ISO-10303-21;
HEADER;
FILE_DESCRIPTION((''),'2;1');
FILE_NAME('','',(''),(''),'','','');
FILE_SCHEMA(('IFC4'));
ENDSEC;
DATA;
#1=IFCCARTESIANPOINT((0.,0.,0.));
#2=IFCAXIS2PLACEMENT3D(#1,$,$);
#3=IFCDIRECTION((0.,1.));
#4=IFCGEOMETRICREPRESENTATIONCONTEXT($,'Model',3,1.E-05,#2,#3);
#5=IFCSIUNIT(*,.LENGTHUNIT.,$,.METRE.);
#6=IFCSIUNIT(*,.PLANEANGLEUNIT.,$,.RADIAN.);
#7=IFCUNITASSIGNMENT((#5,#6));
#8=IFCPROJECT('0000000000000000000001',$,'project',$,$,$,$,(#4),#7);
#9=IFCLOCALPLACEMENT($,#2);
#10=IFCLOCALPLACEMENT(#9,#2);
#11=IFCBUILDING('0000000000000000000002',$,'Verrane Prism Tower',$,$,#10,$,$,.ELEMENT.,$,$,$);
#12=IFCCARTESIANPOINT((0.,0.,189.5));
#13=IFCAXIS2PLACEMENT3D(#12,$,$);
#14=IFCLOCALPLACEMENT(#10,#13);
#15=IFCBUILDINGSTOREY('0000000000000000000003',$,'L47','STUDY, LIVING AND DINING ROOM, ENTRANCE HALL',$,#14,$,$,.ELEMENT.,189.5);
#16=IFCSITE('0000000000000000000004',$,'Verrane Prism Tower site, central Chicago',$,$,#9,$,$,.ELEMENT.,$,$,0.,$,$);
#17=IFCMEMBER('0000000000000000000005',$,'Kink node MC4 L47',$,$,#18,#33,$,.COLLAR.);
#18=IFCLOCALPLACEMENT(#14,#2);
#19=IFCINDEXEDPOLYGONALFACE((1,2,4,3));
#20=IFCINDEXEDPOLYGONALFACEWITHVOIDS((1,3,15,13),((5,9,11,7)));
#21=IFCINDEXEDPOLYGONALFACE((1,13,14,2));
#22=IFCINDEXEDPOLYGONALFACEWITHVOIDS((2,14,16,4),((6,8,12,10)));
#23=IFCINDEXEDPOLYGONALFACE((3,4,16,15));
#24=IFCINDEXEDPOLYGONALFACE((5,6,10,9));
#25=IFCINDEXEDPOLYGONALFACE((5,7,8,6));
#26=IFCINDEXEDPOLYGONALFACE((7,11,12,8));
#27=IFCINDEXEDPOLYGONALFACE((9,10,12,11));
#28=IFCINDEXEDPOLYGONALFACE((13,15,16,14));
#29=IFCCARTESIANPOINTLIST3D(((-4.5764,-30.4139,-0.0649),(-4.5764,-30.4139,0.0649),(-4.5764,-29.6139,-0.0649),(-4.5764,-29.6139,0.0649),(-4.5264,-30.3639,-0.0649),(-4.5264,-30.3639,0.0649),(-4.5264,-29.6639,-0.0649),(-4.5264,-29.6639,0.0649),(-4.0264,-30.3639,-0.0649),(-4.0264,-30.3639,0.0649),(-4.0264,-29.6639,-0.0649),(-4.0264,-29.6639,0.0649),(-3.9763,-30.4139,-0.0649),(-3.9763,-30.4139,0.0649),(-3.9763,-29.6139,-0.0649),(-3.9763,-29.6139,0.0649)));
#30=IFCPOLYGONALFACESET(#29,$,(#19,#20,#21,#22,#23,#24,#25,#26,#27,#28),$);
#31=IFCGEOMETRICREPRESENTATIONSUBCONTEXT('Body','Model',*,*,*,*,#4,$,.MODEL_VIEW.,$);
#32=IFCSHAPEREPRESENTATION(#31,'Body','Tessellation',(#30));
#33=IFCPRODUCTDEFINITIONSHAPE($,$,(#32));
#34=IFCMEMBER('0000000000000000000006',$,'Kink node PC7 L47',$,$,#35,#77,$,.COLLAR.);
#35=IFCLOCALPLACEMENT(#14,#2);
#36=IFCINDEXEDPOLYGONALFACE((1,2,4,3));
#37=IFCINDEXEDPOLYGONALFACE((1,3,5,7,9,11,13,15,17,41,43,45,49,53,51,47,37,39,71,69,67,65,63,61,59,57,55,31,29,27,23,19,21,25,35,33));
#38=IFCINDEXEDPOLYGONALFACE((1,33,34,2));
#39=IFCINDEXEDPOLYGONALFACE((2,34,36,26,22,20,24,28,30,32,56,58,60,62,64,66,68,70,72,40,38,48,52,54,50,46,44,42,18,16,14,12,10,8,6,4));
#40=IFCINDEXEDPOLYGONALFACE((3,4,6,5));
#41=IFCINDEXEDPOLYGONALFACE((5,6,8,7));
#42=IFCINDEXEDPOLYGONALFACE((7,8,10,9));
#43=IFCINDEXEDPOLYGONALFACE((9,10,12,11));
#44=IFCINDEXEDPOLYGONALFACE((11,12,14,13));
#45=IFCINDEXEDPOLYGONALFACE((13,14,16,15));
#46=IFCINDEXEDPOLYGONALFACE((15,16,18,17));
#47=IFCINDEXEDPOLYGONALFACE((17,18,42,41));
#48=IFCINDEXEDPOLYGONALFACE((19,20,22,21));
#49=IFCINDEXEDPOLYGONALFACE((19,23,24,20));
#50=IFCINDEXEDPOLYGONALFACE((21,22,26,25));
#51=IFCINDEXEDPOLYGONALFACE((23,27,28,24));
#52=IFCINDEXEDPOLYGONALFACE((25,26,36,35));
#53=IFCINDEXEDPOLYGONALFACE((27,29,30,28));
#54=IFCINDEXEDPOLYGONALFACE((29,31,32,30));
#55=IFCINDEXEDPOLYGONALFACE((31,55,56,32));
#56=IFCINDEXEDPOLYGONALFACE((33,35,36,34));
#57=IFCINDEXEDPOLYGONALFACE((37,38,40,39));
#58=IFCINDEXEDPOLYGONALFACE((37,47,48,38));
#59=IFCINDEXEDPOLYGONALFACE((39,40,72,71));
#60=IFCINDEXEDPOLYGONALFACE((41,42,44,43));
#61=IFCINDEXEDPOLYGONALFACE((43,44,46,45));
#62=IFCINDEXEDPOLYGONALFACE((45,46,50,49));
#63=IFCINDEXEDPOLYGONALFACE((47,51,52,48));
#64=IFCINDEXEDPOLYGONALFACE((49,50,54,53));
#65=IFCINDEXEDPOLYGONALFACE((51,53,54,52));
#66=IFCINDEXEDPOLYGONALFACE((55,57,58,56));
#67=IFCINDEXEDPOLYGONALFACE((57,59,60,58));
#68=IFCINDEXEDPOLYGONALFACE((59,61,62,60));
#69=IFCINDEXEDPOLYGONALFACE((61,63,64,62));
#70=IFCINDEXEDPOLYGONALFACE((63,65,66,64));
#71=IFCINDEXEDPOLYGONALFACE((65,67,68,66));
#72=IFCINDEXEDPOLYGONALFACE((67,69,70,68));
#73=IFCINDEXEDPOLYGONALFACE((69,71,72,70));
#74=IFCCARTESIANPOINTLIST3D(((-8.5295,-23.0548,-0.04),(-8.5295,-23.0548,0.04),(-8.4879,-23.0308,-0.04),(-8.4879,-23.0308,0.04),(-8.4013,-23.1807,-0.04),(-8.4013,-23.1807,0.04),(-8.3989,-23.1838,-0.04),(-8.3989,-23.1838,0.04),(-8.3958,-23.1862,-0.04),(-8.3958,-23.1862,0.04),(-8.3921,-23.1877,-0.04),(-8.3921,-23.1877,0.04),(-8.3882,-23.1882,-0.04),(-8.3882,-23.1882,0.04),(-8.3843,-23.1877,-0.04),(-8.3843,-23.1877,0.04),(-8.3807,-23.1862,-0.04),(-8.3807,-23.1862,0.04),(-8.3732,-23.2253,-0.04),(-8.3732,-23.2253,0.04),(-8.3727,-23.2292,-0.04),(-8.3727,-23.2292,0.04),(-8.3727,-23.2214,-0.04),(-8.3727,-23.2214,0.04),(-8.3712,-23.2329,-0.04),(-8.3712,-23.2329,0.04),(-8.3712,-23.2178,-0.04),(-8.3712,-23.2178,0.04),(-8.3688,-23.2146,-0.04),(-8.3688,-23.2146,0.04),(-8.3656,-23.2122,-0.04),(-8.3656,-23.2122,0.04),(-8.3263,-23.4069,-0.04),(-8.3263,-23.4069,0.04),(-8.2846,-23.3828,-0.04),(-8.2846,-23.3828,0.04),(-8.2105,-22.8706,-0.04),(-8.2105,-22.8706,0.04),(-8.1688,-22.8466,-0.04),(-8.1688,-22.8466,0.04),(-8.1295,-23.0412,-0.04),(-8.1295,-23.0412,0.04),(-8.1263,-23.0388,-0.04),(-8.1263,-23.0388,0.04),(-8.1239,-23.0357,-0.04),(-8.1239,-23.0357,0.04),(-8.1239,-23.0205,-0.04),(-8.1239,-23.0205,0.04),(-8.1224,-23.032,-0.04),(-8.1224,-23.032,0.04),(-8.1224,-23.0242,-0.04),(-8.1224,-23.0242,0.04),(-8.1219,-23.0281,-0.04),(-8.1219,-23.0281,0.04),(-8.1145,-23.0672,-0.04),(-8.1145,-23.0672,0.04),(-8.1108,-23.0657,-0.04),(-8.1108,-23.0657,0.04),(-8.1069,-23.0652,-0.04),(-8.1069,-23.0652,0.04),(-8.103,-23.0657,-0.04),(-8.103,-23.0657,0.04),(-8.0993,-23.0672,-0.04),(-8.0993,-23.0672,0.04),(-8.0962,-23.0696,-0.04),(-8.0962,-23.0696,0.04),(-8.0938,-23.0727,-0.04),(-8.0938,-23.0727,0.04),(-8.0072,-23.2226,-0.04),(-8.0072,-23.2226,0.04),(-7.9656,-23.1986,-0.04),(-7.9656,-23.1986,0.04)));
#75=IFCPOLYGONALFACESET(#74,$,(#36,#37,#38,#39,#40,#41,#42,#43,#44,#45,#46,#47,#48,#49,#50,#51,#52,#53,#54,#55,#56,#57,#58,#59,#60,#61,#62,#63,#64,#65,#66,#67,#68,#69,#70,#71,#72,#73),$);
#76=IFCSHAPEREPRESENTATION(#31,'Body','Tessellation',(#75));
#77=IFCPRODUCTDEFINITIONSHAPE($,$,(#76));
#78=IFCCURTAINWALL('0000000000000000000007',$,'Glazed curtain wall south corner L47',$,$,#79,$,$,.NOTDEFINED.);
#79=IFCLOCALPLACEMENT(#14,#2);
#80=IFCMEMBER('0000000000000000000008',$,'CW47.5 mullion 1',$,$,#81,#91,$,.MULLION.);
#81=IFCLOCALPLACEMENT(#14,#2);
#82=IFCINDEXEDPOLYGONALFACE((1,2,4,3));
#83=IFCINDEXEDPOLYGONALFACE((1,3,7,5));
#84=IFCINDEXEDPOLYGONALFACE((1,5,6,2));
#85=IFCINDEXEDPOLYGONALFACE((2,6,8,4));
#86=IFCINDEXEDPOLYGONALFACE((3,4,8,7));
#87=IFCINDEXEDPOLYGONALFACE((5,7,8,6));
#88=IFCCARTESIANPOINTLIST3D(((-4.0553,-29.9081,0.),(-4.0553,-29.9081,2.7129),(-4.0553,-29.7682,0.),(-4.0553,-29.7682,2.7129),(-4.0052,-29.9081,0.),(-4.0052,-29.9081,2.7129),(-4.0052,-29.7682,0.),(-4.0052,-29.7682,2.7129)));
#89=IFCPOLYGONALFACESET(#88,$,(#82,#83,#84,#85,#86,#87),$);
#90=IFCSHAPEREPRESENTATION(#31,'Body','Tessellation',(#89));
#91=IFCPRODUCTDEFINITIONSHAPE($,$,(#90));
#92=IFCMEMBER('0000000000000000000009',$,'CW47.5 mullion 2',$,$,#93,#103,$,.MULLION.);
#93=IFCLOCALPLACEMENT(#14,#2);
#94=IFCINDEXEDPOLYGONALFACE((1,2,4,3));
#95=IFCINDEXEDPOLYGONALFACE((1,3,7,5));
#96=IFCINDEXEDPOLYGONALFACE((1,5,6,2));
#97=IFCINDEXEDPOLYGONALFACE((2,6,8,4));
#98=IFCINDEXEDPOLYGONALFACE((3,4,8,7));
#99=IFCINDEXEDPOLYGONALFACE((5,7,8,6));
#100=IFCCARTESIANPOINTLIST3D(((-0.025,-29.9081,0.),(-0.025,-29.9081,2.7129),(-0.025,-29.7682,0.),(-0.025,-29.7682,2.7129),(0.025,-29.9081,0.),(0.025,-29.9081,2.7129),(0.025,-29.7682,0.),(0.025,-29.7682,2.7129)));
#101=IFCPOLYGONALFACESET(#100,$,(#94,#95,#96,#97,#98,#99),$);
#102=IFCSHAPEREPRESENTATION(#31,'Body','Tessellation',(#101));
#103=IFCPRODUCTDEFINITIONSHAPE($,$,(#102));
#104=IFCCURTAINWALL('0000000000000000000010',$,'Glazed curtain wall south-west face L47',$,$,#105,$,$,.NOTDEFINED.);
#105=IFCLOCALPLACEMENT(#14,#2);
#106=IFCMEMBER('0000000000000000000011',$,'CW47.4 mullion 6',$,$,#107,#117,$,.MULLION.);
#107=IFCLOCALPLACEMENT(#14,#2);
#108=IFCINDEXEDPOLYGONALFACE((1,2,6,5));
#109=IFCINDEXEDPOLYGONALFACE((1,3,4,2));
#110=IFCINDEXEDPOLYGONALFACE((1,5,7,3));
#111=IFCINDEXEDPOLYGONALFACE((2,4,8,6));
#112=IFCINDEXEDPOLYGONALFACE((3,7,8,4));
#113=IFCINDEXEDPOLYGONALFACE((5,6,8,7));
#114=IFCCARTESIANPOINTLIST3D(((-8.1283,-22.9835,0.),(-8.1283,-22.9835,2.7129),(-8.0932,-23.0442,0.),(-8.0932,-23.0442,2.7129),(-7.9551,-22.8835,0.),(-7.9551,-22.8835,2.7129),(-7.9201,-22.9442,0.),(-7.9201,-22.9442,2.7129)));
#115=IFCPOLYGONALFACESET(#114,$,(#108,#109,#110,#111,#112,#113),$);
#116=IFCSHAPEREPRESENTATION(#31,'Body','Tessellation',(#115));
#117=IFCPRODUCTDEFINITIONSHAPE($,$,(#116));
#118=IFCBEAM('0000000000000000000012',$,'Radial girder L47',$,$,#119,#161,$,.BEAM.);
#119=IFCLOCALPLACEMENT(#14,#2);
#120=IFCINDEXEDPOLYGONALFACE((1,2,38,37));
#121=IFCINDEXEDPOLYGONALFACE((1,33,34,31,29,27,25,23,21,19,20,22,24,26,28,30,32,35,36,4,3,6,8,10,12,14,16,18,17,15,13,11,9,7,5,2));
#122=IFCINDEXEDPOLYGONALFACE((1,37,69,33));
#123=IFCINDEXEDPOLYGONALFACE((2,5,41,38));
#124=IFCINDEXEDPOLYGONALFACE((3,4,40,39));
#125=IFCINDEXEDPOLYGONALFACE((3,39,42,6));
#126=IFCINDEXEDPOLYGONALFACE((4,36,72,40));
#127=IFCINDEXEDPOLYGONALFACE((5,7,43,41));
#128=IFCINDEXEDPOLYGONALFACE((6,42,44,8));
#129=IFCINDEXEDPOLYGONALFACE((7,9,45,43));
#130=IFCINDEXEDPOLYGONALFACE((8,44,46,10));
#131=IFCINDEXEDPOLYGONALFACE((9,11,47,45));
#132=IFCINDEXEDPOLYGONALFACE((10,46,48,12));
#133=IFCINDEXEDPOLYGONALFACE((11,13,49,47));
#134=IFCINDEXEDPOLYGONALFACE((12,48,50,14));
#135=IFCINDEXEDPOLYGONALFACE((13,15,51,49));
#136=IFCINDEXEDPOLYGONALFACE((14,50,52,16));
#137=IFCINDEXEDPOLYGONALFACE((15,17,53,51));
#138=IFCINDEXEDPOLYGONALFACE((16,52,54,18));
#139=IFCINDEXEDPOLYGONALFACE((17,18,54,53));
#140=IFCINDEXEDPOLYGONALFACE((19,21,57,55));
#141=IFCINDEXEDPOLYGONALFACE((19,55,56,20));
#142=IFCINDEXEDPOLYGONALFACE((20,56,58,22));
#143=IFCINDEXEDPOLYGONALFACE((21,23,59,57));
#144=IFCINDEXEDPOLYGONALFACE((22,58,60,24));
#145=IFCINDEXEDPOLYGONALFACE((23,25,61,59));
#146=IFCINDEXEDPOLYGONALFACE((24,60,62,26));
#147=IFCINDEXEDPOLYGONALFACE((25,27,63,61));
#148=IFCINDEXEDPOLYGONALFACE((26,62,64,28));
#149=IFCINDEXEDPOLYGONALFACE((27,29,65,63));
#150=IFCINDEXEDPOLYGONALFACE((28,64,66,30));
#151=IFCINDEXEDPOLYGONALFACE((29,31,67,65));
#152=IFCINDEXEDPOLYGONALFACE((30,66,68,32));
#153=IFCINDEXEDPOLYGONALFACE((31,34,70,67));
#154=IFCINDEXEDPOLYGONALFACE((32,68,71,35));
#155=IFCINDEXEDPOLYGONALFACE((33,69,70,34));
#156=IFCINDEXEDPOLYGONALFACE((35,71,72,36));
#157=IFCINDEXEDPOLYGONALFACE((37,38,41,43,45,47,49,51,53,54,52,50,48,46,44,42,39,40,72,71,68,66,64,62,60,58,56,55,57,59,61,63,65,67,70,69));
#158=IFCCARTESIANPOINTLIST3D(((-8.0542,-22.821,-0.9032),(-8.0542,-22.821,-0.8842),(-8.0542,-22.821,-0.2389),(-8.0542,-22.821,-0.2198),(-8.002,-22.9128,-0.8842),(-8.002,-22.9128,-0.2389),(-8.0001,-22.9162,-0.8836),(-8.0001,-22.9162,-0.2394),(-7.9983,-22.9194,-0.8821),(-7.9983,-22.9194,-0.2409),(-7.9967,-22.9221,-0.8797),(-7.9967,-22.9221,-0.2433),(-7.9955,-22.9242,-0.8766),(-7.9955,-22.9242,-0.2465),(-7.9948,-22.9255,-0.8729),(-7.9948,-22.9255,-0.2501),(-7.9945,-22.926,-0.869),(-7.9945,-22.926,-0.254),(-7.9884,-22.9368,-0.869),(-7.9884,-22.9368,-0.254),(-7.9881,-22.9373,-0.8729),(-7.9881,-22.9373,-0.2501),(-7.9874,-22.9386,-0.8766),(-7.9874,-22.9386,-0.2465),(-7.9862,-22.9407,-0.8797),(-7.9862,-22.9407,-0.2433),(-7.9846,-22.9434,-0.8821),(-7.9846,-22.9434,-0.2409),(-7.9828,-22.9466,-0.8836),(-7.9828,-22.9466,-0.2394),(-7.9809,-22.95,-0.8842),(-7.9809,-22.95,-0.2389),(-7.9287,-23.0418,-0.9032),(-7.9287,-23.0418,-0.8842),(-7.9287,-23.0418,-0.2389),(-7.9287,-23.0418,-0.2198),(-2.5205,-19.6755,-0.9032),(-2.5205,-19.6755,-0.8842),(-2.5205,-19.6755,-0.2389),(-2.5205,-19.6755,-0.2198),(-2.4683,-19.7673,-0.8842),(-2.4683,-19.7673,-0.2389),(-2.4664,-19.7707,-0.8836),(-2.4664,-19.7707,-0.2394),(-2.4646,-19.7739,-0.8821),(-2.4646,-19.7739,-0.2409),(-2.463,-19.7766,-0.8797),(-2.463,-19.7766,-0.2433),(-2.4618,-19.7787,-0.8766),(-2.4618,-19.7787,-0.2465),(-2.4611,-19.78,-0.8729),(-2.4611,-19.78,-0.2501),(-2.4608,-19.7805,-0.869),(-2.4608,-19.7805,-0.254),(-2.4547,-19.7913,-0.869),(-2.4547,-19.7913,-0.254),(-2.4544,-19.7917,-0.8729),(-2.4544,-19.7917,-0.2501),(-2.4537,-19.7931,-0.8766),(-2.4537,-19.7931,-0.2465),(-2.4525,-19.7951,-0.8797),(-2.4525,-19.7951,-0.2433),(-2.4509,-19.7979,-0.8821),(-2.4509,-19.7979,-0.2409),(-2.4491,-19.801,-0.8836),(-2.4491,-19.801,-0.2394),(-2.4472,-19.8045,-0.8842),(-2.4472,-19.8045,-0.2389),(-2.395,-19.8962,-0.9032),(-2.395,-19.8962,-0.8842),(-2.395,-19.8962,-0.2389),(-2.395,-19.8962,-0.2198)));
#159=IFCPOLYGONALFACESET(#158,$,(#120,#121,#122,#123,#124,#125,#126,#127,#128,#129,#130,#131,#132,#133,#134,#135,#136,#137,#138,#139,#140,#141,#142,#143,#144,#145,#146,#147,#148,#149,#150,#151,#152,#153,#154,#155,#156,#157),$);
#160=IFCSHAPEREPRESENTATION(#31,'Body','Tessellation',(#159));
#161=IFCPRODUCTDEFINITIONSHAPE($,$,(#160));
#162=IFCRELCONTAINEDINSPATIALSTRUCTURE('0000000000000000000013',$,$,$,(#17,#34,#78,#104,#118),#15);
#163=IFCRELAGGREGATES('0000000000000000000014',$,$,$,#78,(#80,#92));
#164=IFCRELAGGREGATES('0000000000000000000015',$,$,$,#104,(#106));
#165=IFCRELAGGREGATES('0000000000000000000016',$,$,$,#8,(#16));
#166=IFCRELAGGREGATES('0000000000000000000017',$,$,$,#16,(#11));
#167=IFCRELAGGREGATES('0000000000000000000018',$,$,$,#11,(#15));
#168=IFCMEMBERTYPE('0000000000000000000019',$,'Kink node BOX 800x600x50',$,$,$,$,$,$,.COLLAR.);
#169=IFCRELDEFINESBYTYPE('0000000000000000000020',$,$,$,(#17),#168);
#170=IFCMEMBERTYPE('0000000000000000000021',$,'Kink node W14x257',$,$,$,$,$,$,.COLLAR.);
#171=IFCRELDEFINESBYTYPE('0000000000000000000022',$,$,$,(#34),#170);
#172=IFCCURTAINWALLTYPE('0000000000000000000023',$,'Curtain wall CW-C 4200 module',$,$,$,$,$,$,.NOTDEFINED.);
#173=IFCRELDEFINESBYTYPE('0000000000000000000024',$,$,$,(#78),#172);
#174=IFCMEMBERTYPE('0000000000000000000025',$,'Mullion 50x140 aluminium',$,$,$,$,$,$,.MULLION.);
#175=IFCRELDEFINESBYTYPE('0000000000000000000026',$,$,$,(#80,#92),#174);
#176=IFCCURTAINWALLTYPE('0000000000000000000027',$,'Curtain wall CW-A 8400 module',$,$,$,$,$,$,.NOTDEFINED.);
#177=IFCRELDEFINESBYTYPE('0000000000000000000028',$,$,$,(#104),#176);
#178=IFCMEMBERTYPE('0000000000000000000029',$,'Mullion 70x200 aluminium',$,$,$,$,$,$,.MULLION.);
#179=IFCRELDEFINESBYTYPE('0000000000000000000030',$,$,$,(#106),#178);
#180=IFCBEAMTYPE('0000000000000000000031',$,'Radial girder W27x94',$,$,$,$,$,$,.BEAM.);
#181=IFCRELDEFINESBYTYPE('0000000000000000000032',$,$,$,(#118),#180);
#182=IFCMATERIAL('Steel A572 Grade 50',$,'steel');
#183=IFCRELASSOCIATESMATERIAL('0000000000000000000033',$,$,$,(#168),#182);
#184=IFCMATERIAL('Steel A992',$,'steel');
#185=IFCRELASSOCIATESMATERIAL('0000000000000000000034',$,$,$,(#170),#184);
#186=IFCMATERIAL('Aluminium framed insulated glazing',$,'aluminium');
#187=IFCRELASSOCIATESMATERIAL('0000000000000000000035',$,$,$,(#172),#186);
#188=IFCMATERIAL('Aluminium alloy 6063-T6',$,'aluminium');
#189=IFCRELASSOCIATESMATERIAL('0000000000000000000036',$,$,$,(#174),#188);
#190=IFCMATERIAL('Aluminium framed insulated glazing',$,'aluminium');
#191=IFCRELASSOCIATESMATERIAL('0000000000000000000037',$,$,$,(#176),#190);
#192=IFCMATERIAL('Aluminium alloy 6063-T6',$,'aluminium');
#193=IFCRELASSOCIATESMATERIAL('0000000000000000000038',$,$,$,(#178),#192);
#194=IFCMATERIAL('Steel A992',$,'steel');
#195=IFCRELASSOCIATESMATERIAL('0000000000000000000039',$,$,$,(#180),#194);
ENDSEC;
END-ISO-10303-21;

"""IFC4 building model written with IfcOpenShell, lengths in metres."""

from ifc_helpers import new_model, si_unit, direction, frame, origin, origin_2d, place, context, subcontext, project, spatial, rectangle, hollow_rectangle, i_section, extrude, material, material_profile, profile_set, type_object, element, aggregate, save


model = new_model("IFC4")

# Units and contexts
model_context = context("Model", 3, precision=1e-05, world=origin(), true_north=direction((0.0, 1.0)))
body_context = subcontext(model_context, "Body", "Model", "MODEL_VIEW")
ifc_project = project(units=[si_unit("LENGTHUNIT", "METRE"), si_unit("PLANEANGLEUNIT", "RADIAN")], contexts=[model_context])

# Site, building, storey
site_placement = place(None, origin())
site = spatial("IfcSite", under=ifc_project, at=site_placement, Name="Verrane Prism Tower site, central Chicago", CompositionType="ELEMENT", RefElevation=0.0)
building_placement = place(site_placement, origin())
building = spatial("IfcBuilding", under=site, at=building_placement, Name="Verrane Prism Tower", CompositionType="ELEMENT")
storey_placement = place(building_placement, frame((0.0, 0.0, 189.5)))
storey = spatial("IfcBuildingStorey", under=building, at=storey_placement, Name="L47", Description="STUDY, LIVING AND DINING ROOM, ENTRANCE HALL", CompositionType="ELEMENT", Elevation=189.5)

# Members
ifc_material_1 = material(Name="Steel A572 Grade 50", Category="steel")
ifc_material_profile_1 = material_profile(ifc_material_1, hollow_rectangle(XDim=0.6001, YDim=0.8, WallThickness=0.05, at=origin_2d()), Name="BOX 800x600x50")
ifc_profile_set_1 = profile_set([ifc_material_profile_1], Name="Steel A572 Grade 50")
member_type_1 = type_object("IfcMemberType", Name="Kink node BOX 800x600x50", PredefinedType="COLLAR", material=ifc_profile_set_1)
member_1_placement = place(storey_placement, frame((-4.2764, -30.0139, -0.0649), z_axis=(0.0, 0.0, 1.0), x_axis=(-1.0, 0.0, 0.0)))
element("IfcMember", 1, at=member_1_placement, inside=storey, type_object=member_type_1, Name="Kink node MC4 L47", PredefinedType="COLLAR", context=body_context, shape_type="SweptSolid", body=[
    extrude(hollow_rectangle(XDim=0.6001, YDim=0.8, WallThickness=0.05, at=origin_2d()), origin(), (0.0, 0.0, 1.0), 0.1299),
])
ifc_material_2 = material(Name="Steel A992", Category="steel")
ifc_material_profile_2 = material_profile(ifc_material_2, i_section(OverallWidth=0.4065, OverallDepth=0.4165, WebThickness=0.03, FlangeThickness=0.0481, FilletRadius=0.0151, at=origin_2d()), Name="W14x257")
ifc_profile_set_2 = profile_set([ifc_material_profile_2], Name="Steel A992")
member_type_2 = type_object("IfcMemberType", Name="Kink node W14x257", PredefinedType="COLLAR", material=ifc_profile_set_2)
member_2_placement = place(storey_placement, frame((-8.2476, -23.1267, -0.04), z_axis=(0.0, 0.0, 1.0), x_axis=(-0.5, 0.866025, 0.0)))
element("IfcMember", 2, at=member_2_placement, inside=storey, type_object=member_type_2, Name="Kink node PC7 L47", PredefinedType="COLLAR", context=body_context, shape_type="SweptSolid", body=[
    extrude(i_section(OverallWidth=0.4065, OverallDepth=0.4165, WebThickness=0.03, FlangeThickness=0.0481, FilletRadius=0.0151, at=origin_2d()), origin(), (0.0, 0.0, 1.0), 0.0801),
])

# Curtain wall, members
ifc_material_3 = material(Name="Aluminium framed insulated glazing", Category="aluminium")
curtain_wall_type_1 = type_object("IfcCurtainWallType", Name="Curtain wall CW-C 4200 module", PredefinedType="NOTDEFINED", material=ifc_material_3)
curtain_wall_1_placement = place(storey_placement, origin())
curtain_wall_1 = element("IfcCurtainWall", 3, at=curtain_wall_1_placement, inside=storey, type_object=curtain_wall_type_1, Name="Glazed curtain wall south corner L47", PredefinedType="NOTDEFINED")
ifc_material_4 = material(Name="Aluminium alloy 6063-T6", Category="aluminium")
ifc_material_profile_3 = material_profile(ifc_material_4, rectangle(XDim=0.1399, YDim=0.05, at=origin_2d()), Name="Mullion 50x140 aluminium")
ifc_profile_set_3 = profile_set([ifc_material_profile_3], Name="Aluminium alloy 6063-T6")
member_type_3 = type_object("IfcMemberType", Name="Mullion 50x140 aluminium", PredefinedType="MULLION", material=ifc_profile_set_3)
member_3_placement = place(storey_placement, frame((-4.0303, -29.8381, 0.0), z_axis=(0.0, 0.0, 1.0), x_axis=(0.0, 1.0, 0.0)))
member_3 = element("IfcMember", 4, at=member_3_placement, type_object=member_type_3, Name="CW47.5 mullion 1", PredefinedType="MULLION", context=body_context, shape_type="SweptSolid", body=[
    extrude(rectangle(XDim=0.1399, YDim=0.05, at=origin_2d()), origin(), (0.0, 0.0, 1.0), 2.7129),
])
member_4_placement = place(storey_placement, frame((0.0, -29.8381, 0.0), z_axis=(0.0, 0.0, 1.0), x_axis=(0.0, 1.0, 0.0)))
member_4 = element("IfcMember", 5, at=member_4_placement, type_object=member_type_3, Name="CW47.5 mullion 2", PredefinedType="MULLION", context=body_context, shape_type="SweptSolid", body=[
    extrude(rectangle(XDim=0.1399, YDim=0.05, at=origin_2d()), origin(), (0.0, 0.0, 1.0), 2.7129),
])

# Curtain wall, member
ifc_material_5 = material(Name="Aluminium framed insulated glazing", Category="aluminium")
curtain_wall_type_2 = type_object("IfcCurtainWallType", Name="Curtain wall CW-A 8400 module", PredefinedType="NOTDEFINED", material=ifc_material_5)
curtain_wall_2_placement = place(storey_placement, origin())
curtain_wall_2 = element("IfcCurtainWall", 6, at=curtain_wall_2_placement, inside=storey, type_object=curtain_wall_type_2, Name="Glazed curtain wall south-west face L47", PredefinedType="NOTDEFINED")
ifc_material_6 = material(Name="Aluminium alloy 6063-T6", Category="aluminium")
ifc_material_profile_4 = material_profile(ifc_material_6, rectangle(XDim=0.2, YDim=0.0701, at=origin_2d()), Name="Mullion 70x200 aluminium")
ifc_profile_set_4 = profile_set([ifc_material_profile_4], Name="Aluminium alloy 6063-T6")
member_type_4 = type_object("IfcMemberType", Name="Mullion 70x200 aluminium", PredefinedType="MULLION", material=ifc_profile_set_4)
member_5_placement = place(storey_placement, frame((-8.0242, -22.9639, 0.0), z_axis=(0.0, 0.0, 1.0), x_axis=(0.866026, 0.5, 0.0)))
member_5 = element("IfcMember", 7, at=member_5_placement, type_object=member_type_4, Name="CW47.4 mullion 6", PredefinedType="MULLION", context=body_context, shape_type="SweptSolid", body=[
    extrude(rectangle(XDim=0.2, YDim=0.0701, at=origin_2d()), origin(), (0.0, 0.0, 1.0), 2.7129),
])

# Beam
ifc_material_7 = material(Name="Steel A992", Category="steel")
ifc_material_profile_5 = material_profile(ifc_material_7, i_section(OverallWidth=0.2539, OverallDepth=0.6833, WebThickness=0.0125, FlangeThickness=0.019, FilletRadius=0.0151, at=origin_2d()), Name="W27x94")
ifc_profile_set_5 = profile_set([ifc_material_profile_5], Name="Steel A992")
beam_type_1 = type_object("IfcBeamType", Name="Radial girder W27x94", PredefinedType="BEAM", material=ifc_profile_set_5)
beam_1_placement = place(storey_placement, frame((-7.9915, -22.9314, -0.5615), z_axis=(0.869364, 0.494172, 0.0), x_axis=(-0.494172, 0.869364, 0.0)))
element("IfcBeam", 8, at=beam_1_placement, inside=storey, type_object=beam_type_1, Name="Radial girder L47", PredefinedType="BEAM", context=body_context, shape_type="SweptSolid", body=[
    extrude(i_section(OverallWidth=0.2539, OverallDepth=0.6833, WebThickness=0.0125, FlangeThickness=0.019, FilletRadius=0.0151, at=origin_2d()), origin(), (0.0, 0.0, 1.0), 6.3652),
])

aggregate(curtain_wall_1, [member_3, member_4])
aggregate(curtain_wall_2, [member_5])

save(model, "model.ifc")
